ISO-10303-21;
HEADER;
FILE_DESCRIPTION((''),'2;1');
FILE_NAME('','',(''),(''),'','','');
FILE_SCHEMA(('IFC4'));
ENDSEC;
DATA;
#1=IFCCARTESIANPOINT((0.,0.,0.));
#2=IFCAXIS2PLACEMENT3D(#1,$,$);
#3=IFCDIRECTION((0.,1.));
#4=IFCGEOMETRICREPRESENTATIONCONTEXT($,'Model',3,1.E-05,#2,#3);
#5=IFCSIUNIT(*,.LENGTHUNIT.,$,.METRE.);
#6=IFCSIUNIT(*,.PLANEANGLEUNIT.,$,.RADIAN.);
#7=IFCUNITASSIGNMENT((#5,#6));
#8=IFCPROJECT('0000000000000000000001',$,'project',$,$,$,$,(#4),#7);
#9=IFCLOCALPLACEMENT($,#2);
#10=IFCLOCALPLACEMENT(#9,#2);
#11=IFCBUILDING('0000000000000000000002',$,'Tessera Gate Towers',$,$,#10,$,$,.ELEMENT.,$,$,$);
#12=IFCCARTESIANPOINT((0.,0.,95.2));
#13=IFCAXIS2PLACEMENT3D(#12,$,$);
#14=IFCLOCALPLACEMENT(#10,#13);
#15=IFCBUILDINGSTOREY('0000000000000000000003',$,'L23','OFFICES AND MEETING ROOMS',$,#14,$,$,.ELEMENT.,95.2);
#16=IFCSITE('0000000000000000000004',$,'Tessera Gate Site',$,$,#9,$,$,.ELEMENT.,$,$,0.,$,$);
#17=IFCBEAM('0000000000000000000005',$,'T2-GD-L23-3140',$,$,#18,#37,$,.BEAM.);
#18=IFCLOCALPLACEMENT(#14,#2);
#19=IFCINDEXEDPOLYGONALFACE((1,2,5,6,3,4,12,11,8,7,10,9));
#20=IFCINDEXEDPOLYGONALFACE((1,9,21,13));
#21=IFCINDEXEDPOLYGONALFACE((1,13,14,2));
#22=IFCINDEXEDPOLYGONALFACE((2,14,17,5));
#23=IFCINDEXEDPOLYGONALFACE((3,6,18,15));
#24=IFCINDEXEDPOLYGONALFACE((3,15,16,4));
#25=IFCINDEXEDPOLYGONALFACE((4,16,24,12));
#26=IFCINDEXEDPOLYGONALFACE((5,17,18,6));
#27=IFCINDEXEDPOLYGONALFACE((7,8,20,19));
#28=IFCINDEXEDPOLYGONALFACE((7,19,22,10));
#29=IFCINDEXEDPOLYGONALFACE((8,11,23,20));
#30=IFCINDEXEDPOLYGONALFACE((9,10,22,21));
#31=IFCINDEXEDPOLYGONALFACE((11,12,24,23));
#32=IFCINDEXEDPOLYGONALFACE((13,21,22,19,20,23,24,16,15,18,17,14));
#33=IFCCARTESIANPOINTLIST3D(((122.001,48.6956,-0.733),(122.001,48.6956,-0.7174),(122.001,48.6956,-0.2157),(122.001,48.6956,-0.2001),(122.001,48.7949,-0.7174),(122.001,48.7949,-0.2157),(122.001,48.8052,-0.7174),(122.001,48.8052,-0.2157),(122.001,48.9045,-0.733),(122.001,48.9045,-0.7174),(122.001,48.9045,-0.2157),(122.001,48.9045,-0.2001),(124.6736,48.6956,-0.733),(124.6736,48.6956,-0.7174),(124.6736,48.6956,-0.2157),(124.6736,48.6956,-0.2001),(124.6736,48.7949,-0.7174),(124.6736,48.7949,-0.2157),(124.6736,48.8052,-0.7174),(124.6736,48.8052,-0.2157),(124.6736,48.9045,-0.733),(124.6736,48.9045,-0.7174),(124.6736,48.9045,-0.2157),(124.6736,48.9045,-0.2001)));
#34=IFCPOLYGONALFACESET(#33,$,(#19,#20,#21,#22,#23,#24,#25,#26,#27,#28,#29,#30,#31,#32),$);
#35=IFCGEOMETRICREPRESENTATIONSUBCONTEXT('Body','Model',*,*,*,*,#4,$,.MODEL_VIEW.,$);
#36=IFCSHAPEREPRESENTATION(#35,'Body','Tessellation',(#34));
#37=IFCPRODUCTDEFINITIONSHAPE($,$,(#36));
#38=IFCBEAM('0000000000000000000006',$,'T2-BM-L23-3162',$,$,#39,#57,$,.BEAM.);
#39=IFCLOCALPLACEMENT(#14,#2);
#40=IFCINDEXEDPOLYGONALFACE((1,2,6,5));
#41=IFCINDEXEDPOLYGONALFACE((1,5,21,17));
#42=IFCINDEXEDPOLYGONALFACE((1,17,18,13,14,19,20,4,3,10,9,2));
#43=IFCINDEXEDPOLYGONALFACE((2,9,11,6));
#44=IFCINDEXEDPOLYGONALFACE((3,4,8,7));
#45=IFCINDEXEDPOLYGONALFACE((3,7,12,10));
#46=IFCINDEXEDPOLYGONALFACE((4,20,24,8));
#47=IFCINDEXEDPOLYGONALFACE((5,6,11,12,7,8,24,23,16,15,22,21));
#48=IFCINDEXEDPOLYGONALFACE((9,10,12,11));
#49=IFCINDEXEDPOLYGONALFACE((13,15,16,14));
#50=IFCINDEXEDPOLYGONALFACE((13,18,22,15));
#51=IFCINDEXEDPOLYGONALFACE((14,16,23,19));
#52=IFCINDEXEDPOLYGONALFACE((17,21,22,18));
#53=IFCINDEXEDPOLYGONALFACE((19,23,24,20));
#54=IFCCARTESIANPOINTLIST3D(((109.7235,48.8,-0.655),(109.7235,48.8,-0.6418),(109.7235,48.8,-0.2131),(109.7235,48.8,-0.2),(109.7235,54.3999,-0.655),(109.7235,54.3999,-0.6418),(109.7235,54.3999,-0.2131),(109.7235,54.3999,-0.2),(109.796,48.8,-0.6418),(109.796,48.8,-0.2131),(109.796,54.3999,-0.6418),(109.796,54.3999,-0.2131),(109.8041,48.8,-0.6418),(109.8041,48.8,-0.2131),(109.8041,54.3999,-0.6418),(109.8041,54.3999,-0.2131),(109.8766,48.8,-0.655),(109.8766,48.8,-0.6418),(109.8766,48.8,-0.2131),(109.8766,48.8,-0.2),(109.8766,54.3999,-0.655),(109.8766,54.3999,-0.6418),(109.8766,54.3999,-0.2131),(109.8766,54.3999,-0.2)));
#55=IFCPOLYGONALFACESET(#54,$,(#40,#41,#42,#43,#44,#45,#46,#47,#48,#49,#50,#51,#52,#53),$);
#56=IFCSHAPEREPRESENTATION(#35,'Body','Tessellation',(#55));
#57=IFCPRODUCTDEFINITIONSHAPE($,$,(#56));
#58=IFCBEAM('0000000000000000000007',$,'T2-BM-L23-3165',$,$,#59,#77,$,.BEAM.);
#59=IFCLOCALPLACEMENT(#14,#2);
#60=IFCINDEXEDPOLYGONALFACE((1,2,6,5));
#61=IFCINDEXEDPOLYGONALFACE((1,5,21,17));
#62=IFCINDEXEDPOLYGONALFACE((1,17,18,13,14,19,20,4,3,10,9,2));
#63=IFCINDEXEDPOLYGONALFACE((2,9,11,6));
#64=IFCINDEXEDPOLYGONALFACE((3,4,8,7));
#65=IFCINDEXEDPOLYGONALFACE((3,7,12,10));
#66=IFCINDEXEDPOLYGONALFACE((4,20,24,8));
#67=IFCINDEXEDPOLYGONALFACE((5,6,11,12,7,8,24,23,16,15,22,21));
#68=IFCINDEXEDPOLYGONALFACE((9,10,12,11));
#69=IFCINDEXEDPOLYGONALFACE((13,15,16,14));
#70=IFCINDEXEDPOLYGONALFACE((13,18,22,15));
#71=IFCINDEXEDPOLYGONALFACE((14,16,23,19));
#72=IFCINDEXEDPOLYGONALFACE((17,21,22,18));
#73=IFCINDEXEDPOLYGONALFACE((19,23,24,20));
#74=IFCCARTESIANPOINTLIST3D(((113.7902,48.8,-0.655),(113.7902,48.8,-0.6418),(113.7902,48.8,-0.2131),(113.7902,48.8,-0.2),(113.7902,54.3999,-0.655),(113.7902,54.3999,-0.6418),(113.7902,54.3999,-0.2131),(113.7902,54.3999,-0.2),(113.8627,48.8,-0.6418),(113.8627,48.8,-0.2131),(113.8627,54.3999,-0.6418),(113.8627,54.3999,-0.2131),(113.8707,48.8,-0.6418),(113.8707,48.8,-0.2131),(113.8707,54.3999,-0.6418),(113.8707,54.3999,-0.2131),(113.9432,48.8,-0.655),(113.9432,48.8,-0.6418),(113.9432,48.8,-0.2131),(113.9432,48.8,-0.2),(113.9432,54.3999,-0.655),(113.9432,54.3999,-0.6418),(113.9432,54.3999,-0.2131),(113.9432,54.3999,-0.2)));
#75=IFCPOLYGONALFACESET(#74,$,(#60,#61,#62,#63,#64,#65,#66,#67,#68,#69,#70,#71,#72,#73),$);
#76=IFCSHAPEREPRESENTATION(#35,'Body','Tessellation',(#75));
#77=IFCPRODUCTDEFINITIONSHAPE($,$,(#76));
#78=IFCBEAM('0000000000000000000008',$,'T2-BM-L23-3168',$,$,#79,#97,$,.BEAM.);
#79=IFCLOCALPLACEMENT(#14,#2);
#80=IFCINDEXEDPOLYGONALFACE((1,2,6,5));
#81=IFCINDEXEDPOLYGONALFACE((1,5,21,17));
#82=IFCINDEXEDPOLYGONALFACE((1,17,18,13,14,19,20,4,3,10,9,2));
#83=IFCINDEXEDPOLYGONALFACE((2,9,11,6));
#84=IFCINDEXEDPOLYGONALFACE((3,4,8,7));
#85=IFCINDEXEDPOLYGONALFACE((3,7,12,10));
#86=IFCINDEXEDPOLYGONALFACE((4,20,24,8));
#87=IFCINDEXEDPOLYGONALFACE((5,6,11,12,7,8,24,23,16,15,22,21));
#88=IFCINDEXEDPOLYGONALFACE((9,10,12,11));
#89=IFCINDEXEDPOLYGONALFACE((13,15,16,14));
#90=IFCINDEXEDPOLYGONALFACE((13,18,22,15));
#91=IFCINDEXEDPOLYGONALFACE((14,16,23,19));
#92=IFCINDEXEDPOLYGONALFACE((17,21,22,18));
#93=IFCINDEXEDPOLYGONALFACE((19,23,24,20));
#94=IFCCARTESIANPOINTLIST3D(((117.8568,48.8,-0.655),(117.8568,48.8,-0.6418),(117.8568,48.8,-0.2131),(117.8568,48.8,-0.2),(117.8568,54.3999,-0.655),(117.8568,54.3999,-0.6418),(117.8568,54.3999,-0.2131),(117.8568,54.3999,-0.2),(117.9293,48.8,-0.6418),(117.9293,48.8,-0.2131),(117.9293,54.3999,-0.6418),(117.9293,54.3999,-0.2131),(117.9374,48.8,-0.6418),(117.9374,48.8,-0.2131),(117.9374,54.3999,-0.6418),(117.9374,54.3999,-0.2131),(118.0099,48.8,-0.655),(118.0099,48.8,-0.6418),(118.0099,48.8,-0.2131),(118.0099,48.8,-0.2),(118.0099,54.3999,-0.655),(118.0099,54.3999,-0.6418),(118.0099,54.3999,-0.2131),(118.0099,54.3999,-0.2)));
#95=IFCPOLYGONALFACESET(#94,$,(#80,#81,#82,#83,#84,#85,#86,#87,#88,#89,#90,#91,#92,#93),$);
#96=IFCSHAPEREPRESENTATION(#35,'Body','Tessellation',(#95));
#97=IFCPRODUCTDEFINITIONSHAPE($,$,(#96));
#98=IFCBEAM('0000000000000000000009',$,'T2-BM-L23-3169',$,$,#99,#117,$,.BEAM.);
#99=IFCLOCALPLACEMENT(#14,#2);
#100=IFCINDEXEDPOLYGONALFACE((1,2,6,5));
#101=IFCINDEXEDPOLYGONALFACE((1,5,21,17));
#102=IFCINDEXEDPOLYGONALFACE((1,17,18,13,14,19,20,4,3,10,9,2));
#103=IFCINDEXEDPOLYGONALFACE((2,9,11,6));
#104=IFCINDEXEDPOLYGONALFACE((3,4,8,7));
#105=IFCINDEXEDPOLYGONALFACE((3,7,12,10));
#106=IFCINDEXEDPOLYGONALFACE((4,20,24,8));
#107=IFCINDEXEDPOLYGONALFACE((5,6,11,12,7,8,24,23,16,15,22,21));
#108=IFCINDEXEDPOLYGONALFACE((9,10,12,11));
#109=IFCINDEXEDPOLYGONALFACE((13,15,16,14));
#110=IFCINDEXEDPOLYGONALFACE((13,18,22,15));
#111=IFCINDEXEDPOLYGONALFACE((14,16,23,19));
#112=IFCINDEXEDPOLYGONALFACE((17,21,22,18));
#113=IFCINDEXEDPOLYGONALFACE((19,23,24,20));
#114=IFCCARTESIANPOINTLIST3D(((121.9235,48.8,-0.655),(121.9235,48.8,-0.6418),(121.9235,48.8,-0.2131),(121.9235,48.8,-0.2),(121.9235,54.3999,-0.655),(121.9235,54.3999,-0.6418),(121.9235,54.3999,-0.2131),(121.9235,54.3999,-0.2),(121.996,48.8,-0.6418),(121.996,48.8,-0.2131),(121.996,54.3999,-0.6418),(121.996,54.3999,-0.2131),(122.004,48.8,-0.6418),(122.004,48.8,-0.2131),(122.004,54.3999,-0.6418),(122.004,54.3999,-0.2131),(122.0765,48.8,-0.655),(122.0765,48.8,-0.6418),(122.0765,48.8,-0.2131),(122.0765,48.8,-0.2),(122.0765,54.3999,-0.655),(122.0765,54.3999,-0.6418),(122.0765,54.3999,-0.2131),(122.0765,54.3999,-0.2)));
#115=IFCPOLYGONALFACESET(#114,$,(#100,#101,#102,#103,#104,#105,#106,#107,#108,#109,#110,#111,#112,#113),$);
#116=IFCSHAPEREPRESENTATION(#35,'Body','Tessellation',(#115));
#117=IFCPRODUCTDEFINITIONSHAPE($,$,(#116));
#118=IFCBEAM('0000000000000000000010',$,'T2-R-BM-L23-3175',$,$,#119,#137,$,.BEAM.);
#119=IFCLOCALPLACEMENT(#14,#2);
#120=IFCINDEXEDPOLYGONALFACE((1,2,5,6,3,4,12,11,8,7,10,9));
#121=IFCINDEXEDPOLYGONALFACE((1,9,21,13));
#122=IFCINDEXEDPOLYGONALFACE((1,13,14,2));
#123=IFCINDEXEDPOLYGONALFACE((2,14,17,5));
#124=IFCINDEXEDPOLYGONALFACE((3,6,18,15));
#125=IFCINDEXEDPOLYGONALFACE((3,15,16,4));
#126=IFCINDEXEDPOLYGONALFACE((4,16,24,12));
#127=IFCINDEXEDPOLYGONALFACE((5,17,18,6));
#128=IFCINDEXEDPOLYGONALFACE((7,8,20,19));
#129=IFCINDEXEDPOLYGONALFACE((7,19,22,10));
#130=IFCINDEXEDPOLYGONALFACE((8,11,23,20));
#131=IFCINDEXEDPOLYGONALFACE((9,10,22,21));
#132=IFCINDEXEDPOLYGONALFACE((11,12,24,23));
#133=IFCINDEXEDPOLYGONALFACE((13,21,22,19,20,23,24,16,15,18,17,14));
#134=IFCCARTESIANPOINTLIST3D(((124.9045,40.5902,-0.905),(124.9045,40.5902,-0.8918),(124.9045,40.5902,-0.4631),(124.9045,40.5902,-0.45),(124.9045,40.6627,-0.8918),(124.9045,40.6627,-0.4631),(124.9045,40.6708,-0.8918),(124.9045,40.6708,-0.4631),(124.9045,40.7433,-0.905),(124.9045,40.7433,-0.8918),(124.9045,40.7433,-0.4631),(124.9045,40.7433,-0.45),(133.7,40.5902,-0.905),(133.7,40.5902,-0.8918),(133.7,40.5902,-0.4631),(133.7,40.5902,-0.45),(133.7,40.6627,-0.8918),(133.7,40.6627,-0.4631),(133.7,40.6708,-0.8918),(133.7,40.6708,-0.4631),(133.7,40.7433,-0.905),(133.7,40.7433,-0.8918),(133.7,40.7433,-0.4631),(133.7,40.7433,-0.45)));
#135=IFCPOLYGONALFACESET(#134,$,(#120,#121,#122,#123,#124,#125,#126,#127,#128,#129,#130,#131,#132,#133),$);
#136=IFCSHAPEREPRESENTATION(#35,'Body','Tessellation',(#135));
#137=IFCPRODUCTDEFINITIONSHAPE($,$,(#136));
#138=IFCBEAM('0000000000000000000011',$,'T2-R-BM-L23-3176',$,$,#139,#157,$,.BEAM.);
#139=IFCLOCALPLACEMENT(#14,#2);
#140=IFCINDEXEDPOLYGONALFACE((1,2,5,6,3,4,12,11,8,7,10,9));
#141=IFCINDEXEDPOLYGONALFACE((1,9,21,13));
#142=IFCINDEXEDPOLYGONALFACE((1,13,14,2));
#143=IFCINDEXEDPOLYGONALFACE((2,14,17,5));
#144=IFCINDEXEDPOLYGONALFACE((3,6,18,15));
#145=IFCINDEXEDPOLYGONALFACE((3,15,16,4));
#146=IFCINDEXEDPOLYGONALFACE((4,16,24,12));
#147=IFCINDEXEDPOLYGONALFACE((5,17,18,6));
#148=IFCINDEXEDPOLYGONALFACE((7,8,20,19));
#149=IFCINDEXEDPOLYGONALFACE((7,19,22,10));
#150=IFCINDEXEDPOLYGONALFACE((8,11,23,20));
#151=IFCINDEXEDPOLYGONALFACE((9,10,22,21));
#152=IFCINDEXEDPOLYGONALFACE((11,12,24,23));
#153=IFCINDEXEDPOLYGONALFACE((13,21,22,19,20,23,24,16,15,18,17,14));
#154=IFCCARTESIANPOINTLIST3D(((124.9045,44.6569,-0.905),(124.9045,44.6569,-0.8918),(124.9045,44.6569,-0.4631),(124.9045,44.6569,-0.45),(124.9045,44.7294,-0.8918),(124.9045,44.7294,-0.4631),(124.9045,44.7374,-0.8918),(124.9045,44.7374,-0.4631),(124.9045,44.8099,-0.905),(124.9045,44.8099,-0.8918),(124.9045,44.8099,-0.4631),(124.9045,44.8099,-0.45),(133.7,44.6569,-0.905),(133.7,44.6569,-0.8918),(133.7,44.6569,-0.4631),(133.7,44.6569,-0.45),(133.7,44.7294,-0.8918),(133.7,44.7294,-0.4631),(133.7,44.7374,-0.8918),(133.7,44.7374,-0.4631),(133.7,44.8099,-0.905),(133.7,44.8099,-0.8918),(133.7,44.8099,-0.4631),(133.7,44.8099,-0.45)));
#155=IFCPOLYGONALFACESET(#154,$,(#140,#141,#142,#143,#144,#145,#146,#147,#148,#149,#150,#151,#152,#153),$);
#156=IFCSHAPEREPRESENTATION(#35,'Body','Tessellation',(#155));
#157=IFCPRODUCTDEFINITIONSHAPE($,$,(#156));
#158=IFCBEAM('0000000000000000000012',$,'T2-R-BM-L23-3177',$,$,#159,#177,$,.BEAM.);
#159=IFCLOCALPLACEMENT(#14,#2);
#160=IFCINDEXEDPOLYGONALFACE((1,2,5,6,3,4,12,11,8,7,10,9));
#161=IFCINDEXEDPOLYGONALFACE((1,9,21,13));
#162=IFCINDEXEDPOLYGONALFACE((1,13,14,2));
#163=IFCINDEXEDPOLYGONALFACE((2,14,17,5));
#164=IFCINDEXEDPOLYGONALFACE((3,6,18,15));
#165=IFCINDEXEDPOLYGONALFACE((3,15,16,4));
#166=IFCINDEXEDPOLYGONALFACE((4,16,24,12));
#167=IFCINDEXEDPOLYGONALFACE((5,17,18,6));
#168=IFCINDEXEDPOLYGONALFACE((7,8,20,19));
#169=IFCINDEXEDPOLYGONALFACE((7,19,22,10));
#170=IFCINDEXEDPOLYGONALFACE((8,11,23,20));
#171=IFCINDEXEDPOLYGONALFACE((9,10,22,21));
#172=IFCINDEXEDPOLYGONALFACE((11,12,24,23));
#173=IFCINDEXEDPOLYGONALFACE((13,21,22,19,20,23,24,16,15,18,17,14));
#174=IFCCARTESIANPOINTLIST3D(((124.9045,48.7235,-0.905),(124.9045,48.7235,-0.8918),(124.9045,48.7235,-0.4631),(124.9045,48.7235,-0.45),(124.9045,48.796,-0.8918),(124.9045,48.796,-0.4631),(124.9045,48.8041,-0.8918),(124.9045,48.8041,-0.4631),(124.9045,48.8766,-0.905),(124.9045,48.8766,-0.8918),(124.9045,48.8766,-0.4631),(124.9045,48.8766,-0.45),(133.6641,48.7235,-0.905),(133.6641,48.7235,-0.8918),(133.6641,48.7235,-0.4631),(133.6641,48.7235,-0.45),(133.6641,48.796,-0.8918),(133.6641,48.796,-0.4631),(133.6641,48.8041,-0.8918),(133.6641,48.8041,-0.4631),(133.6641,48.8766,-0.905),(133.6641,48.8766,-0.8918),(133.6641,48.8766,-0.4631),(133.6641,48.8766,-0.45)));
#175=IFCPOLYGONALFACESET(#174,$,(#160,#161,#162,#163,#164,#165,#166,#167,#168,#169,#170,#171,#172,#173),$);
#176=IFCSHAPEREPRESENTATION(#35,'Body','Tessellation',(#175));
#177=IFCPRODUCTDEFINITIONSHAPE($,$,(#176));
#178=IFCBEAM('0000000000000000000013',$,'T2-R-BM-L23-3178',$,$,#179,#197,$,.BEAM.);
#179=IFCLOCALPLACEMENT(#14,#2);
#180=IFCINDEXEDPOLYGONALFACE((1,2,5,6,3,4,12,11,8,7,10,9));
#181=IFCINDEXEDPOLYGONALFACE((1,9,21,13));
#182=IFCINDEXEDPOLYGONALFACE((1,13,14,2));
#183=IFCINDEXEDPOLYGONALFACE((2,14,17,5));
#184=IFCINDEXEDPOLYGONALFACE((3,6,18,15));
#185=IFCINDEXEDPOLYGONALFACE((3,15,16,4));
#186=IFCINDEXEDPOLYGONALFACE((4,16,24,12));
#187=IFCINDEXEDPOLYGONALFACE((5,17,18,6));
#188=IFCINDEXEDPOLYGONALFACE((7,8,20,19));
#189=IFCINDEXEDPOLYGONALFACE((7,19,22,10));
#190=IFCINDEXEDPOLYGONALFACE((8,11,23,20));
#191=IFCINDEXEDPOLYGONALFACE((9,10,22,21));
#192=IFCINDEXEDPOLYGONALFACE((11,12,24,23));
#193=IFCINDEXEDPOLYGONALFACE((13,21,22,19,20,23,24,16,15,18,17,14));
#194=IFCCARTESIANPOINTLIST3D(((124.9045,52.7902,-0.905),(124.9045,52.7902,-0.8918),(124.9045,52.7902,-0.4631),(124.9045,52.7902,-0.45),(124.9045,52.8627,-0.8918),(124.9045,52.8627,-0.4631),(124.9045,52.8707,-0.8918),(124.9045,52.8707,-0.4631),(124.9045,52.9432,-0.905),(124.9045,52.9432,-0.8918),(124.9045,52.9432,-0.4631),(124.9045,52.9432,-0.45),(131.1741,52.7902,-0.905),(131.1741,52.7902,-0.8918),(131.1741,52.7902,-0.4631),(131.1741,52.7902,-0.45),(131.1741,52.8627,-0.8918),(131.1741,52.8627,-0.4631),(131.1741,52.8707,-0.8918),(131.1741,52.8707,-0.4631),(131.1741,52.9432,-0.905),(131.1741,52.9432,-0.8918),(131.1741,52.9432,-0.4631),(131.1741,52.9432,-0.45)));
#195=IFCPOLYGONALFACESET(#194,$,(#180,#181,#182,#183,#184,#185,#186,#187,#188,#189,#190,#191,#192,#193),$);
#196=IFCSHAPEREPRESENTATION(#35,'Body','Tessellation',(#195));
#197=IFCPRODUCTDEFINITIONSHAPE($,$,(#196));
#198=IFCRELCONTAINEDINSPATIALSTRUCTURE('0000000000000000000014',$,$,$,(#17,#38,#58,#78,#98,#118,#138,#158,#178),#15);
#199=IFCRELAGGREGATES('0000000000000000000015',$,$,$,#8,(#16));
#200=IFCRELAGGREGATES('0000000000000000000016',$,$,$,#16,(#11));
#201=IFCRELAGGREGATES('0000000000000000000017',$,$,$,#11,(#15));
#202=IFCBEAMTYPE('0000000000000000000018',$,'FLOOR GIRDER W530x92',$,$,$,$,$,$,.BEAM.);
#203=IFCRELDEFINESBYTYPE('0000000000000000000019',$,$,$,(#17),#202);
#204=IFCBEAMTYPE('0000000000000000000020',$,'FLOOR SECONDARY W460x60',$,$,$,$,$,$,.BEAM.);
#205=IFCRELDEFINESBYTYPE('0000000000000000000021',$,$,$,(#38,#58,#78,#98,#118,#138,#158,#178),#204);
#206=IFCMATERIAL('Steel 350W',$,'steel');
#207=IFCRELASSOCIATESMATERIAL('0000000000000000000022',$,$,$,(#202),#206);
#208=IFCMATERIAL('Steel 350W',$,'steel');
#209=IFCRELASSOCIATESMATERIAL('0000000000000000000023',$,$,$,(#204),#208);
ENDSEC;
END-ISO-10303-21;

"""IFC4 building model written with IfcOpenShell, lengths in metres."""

from ifc_helpers import new_model, si_unit, direction, frame, origin, origin_2d, place, context, subcontext, project, spatial, i_section, extrude, material, material_profile, profile_set, type_object, element, save


model = new_model("IFC4")

# Units and contexts
model_context = context("Model", 3, precision=1e-05, world=origin(), true_north=direction((0.0, 1.0)))
body_context = subcontext(model_context, "Body", "Model", "MODEL_VIEW")
ifc_project = project(units=[si_unit("LENGTHUNIT", "METRE"), si_unit("PLANEANGLEUNIT", "RADIAN")], contexts=[model_context])

# Site, building, storey
site_placement = place(None, origin())
site = spatial("IfcSite", under=ifc_project, at=site_placement, Name="Tessera Gate Site", CompositionType="ELEMENT", RefElevation=0.0)
building_placement = place(site_placement, origin())
building = spatial("IfcBuilding", under=site, at=building_placement, Name="Tessera Gate Towers", CompositionType="ELEMENT")
storey_placement = place(building_placement, frame((0.0, 0.0, 95.2)))
storey = spatial("IfcBuildingStorey", under=building, at=storey_placement, Name="L23", Description="OFFICES AND MEETING ROOMS", CompositionType="ELEMENT", Elevation=95.2)

# Beams
ifc_material_1 = material(Name="Steel 350W", Category="steel")
ifc_material_profile_1 = material_profile(ifc_material_1, i_section(OverallWidth=0.209, OverallDepth=0.533, WebThickness=0.0103, FlangeThickness=0.0156, at=origin_2d()), Name="W530x92")
ifc_profile_set_1 = profile_set([ifc_material_profile_1], Name="Steel 350W")
beam_type_1 = type_object("IfcBeamType", Name="FLOOR GIRDER W530x92", PredefinedType="BEAM", material=ifc_profile_set_1)
beam_1_placement = place(storey_placement, frame((122.001, 48.8, -0.4666), z_axis=(1.0, 0.0, 0.0), x_axis=(0.0, 1.0, 0.0)))
element("IfcBeam", 1, at=beam_1_placement, inside=storey, type_object=beam_type_1, Name="T2-GD-L23-3140", PredefinedType="BEAM", context=body_context, shape_type="SweptSolid", body=[
    extrude(i_section(OverallWidth=0.209, OverallDepth=0.533, WebThickness=0.0103, FlangeThickness=0.0156, at=origin_2d()), origin(), (0.0, 0.0, 1.0), 2.6726),
])
ifc_material_2 = material(Name="Steel 350W", Category="steel")
ifc_material_profile_2 = material_profile(ifc_material_2, i_section(OverallWidth=0.1531, OverallDepth=0.4551, WebThickness=0.0081, FlangeThickness=0.0132, at=origin_2d()), Name="W460x60")
ifc_profile_set_2 = profile_set([ifc_material_profile_2], Name="Steel 350W")
beam_type_2 = type_object("IfcBeamType", Name="FLOOR SECONDARY W460x60", PredefinedType="BEAM", material=ifc_profile_set_2)
for number, where, z_axis, x_axis, name in (
    (2, (109.8, 48.8, -0.4275), (0.0, 1.0, 0.0), (-1.0, 0.0, 0.0), "T2-BM-L23-3162"),
    (3, (113.8667, 48.8, -0.4275), (0.0, 1.0, 0.0), (-1.0, 0.0, 0.0), "T2-BM-L23-3165"),
    (4, (117.9333, 48.8, -0.4275), (0.0, 1.0, 0.0), (-1.0, 0.0, 0.0), "T2-BM-L23-3168"),
    (5, (122.0, 48.8, -0.4275), (0.0, 1.0, 0.0), (-1.0, 0.0, 0.0), "T2-BM-L23-3169"),
):
    element("IfcBeam", number, at=place(storey_placement, frame(where, z_axis=z_axis, x_axis=x_axis)), inside=storey, type_object=beam_type_2, Name=name, PredefinedType="BEAM", context=body_context, shape_type="SweptSolid", body=[
        extrude(i_section(OverallWidth=0.1531, OverallDepth=0.4551, WebThickness=0.0081, FlangeThickness=0.0132, at=origin_2d()), origin(), (0.0, 0.0, 1.0), 5.5999),
    ])
for number, where, z_axis, x_axis, name in (
    (6, (124.9045, 40.6667, -0.6775), (1.0, 0.0, 0.0), (0.0, 1.0, 0.0), "T2-R-BM-L23-3175"),
    (7, (124.9045, 44.7334, -0.6775), (1.0, 0.0, 0.0), (0.0, 1.0, 0.0), "T2-R-BM-L23-3176"),
):
    element("IfcBeam", number, at=place(storey_placement, frame(where, z_axis=z_axis, x_axis=x_axis)), inside=storey, type_object=beam_type_2, Name=name, PredefinedType="BEAM", context=body_context, shape_type="SweptSolid", body=[
        extrude(i_section(OverallWidth=0.1531, OverallDepth=0.4551, WebThickness=0.0081, FlangeThickness=0.0132, at=origin_2d()), origin(), (0.0, 0.0, 1.0), 8.7954),
    ])
beam_2_placement = place(storey_placement, frame((124.9045, 48.8, -0.6775), z_axis=(1.0, 0.0, 0.0), x_axis=(0.0, 1.0, 0.0)))
element("IfcBeam", 8, at=beam_2_placement, inside=storey, type_object=beam_type_2, Name="T2-R-BM-L23-3177", PredefinedType="BEAM", context=body_context, shape_type="SweptSolid", body=[
    extrude(i_section(OverallWidth=0.1531, OverallDepth=0.4551, WebThickness=0.0081, FlangeThickness=0.0132, at=origin_2d()), origin(), (0.0, 0.0, 1.0), 8.7595),
])
beam_3_placement = place(storey_placement, frame((124.9045, 52.8667, -0.6775), z_axis=(1.0, 0.0, 0.0), x_axis=(0.0, 1.0, 0.0)))
element("IfcBeam", 9, at=beam_3_placement, inside=storey, type_object=beam_type_2, Name="T2-R-BM-L23-3178", PredefinedType="BEAM", context=body_context, shape_type="SweptSolid", body=[
    extrude(i_section(OverallWidth=0.1531, OverallDepth=0.4551, WebThickness=0.0081, FlangeThickness=0.0132, at=origin_2d()), origin(), (0.0, 0.0, 1.0), 6.2695),
])

save(model, "model.ifc")
